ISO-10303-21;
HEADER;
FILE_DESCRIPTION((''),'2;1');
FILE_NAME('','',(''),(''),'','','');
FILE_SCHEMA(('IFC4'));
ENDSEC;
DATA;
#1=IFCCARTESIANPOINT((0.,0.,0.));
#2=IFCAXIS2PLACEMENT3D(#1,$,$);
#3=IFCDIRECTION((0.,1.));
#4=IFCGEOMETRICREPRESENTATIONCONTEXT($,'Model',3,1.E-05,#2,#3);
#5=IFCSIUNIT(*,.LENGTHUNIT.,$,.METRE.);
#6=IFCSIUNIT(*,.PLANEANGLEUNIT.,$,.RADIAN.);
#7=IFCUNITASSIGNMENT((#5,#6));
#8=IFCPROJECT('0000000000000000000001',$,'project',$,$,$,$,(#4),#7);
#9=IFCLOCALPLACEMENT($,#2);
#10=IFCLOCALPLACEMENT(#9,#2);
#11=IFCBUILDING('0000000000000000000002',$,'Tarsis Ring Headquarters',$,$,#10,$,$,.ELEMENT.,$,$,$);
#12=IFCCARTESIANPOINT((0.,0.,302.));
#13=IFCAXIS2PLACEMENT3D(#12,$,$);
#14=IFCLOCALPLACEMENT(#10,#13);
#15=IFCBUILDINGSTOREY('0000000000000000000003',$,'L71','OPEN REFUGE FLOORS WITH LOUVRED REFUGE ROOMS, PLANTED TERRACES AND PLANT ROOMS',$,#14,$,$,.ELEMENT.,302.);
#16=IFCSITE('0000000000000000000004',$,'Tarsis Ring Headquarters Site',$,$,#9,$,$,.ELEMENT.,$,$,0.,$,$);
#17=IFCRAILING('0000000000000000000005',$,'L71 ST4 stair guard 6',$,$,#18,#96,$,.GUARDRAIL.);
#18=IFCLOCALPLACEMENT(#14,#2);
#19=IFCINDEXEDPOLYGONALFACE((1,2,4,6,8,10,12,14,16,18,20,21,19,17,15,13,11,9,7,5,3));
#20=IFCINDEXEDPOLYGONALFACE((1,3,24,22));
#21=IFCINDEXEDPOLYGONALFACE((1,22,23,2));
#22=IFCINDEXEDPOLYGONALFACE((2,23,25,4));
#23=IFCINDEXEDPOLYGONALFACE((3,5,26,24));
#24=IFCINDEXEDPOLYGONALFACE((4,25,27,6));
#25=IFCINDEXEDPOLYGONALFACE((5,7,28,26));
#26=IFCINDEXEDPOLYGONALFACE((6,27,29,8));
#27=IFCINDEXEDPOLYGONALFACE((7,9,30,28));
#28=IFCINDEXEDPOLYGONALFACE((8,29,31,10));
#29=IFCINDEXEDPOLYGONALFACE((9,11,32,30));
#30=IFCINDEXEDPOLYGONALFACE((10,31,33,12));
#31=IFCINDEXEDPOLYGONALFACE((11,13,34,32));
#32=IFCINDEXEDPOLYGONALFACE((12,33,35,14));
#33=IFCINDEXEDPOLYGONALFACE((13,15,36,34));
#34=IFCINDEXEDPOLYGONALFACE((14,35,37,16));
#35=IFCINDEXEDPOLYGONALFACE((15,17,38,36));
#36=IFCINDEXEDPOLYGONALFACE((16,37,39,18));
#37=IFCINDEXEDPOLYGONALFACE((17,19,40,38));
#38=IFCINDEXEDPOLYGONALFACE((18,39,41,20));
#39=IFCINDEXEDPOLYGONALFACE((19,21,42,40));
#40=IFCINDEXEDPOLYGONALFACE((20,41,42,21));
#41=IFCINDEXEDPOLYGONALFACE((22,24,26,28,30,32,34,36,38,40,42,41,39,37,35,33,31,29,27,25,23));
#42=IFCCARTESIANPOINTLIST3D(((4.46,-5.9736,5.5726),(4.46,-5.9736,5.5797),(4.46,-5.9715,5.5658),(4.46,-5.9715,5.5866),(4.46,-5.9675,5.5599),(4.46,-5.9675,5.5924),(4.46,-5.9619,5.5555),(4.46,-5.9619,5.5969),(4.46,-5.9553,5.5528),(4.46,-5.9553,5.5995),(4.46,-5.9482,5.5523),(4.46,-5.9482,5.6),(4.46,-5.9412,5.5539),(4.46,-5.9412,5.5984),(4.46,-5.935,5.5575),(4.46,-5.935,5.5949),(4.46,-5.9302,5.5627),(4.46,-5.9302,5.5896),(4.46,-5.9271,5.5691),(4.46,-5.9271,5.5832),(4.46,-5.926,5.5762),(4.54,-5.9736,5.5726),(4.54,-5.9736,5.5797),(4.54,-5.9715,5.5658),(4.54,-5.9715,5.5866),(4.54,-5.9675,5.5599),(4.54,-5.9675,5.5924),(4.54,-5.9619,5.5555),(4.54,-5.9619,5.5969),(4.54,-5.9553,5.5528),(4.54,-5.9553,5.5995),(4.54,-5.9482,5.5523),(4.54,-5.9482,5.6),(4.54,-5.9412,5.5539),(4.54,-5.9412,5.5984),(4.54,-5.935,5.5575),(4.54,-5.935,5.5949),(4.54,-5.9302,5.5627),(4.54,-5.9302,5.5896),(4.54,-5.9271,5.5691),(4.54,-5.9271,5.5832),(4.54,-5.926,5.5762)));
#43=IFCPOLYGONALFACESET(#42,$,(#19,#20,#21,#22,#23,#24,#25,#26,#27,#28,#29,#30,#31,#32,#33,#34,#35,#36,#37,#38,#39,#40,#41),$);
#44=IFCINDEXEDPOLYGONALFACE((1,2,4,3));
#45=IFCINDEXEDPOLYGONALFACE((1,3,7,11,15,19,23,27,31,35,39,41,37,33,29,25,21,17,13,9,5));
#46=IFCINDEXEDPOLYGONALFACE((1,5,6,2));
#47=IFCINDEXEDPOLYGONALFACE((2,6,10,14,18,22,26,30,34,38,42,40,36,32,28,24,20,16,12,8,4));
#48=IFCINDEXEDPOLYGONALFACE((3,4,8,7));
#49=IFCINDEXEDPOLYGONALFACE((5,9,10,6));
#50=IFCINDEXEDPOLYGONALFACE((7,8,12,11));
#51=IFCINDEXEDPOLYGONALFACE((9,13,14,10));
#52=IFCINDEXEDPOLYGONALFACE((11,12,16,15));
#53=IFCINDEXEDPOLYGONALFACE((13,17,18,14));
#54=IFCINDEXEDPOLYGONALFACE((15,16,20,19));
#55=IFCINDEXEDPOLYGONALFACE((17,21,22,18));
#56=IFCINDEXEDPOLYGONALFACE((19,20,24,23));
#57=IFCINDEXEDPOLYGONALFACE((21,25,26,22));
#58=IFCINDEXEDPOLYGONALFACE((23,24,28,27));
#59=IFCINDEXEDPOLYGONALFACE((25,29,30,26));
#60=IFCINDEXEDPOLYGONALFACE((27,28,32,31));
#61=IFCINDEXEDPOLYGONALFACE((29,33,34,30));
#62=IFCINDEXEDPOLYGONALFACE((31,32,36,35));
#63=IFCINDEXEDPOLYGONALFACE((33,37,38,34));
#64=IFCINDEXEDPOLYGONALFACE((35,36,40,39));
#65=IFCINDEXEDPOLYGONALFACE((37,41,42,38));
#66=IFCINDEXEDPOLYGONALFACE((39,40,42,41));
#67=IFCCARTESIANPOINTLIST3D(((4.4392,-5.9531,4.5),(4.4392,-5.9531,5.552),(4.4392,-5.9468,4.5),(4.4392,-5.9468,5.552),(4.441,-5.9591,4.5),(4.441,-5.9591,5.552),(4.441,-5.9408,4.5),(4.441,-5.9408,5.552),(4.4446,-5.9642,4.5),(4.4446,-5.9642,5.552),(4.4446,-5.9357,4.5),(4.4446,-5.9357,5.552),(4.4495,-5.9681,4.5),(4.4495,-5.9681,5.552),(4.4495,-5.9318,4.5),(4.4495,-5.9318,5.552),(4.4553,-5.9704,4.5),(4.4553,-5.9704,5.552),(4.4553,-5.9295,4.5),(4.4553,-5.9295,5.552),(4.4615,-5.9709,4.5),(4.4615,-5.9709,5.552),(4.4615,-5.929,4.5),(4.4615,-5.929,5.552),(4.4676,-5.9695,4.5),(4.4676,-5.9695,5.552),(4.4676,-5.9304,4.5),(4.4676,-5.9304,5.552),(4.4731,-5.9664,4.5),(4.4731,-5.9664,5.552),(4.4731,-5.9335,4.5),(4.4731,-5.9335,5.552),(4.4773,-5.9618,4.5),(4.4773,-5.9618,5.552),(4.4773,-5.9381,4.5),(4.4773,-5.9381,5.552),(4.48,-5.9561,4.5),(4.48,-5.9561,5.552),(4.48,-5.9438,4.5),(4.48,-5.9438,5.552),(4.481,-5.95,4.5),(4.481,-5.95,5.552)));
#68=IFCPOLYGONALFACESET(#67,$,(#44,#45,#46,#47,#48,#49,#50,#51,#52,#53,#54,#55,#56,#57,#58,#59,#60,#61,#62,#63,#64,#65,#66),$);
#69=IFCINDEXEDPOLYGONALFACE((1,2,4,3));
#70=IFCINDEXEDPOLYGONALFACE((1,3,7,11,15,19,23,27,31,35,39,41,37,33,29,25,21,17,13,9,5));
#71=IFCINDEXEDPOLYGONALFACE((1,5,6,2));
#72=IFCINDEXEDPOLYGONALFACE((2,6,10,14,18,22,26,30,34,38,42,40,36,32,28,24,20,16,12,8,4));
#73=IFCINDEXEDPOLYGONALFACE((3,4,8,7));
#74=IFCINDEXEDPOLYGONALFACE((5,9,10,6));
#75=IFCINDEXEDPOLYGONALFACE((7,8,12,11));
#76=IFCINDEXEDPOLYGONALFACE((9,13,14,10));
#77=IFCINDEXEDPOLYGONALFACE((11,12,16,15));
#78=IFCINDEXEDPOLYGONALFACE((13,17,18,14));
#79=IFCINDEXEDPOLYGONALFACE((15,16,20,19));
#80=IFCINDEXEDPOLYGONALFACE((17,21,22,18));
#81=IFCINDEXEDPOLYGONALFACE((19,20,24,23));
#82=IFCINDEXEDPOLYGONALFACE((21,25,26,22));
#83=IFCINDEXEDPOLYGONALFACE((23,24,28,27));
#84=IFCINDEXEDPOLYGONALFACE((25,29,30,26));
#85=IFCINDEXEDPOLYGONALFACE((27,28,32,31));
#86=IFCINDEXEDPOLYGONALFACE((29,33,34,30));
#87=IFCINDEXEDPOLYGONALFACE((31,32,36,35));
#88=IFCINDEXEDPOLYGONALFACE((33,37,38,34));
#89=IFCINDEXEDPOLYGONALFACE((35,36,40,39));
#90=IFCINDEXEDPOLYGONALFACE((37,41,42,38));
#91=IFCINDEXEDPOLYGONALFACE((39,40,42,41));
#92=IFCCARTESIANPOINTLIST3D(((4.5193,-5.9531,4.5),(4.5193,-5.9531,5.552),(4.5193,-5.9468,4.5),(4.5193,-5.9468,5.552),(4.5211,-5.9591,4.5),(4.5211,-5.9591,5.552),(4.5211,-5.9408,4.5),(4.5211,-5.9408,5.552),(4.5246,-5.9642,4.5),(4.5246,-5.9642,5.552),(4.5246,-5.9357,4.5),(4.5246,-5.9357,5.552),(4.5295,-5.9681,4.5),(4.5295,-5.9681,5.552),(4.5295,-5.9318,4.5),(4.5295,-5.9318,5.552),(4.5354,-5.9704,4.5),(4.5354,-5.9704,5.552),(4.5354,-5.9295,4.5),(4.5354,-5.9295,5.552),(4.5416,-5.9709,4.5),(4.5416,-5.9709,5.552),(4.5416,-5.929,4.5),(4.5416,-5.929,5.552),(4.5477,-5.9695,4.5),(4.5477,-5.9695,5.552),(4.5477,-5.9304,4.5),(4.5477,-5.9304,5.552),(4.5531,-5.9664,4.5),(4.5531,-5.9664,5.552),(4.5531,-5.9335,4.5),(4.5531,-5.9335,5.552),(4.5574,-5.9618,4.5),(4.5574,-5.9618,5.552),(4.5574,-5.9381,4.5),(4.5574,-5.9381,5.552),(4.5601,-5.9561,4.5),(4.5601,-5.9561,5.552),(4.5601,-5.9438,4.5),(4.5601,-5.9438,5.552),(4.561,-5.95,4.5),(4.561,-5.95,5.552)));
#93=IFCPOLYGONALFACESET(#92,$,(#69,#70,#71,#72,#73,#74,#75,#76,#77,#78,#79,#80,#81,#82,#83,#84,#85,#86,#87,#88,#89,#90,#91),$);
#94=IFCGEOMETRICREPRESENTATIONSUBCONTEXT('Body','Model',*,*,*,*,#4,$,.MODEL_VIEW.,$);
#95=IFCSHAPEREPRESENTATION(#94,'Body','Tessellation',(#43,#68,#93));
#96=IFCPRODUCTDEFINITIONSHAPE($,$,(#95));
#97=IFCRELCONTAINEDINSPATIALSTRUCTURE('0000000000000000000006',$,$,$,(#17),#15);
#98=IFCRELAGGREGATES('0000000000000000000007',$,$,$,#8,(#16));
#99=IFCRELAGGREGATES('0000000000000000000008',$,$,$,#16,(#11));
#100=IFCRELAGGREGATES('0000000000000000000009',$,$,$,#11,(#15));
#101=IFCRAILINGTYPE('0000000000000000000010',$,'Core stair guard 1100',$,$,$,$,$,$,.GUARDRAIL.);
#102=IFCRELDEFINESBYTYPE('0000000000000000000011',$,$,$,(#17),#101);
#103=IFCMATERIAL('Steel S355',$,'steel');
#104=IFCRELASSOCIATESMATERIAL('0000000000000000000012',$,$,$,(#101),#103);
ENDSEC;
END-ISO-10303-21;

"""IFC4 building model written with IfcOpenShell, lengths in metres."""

from ifc_helpers import new_model, si_unit, direction, frame, origin, origin_2d, place, context, subcontext, project, spatial, circle, extrude, material, type_object, element, save


model = new_model("IFC4")

# Units and contexts
model_context = context("Model", 3, precision=1e-05, world=origin(), true_north=direction((0.0, 1.0)))
body_context = subcontext(model_context, "Body", "Model", "MODEL_VIEW")
ifc_project = project(units=[si_unit("LENGTHUNIT", "METRE"), si_unit("PLANEANGLEUNIT", "RADIAN")], contexts=[model_context])

# Site, building, storey
site_placement = place(None, origin())
site = spatial("IfcSite", under=ifc_project, at=site_placement, Name="Tarsis Ring Headquarters Site", CompositionType="ELEMENT", RefElevation=0.0)
building_placement = place(site_placement, origin())
building = spatial("IfcBuilding", under=site, at=building_placement, Name="Tarsis Ring Headquarters", CompositionType="ELEMENT")
storey_placement = place(building_placement, frame((0.0, 0.0, 302.0)))
storey = spatial("IfcBuildingStorey", under=building, at=storey_placement, Name="L71", Description="OPEN REFUGE FLOORS WITH LOUVRED REFUGE ROOMS, PLANTED TERRACES AND PLANT ROOMS", CompositionType="ELEMENT", Elevation=302.0)

# Railing
ifc_material_1 = material(Name="Steel S355", Category="steel")
railing_type_1 = type_object("IfcRailingType", Name="Core stair guard 1100", PredefinedType="GUARDRAIL", material=ifc_material_1)
railing_1_placement = place(storey_placement, frame((4.46, -5.95, 4.5)))
element("IfcRailing", 1, at=railing_1_placement, inside=storey, type_object=railing_type_1, Name="L71 ST4 stair guard 6", PredefinedType="GUARDRAIL", context=body_context, shape_type="SweptSolid", body=[
    extrude(circle(Radius=0.0239, at=origin_2d()), frame((0.0, 0.0, 1.0762), z_axis=(1.0, 0.0, 0.0), x_axis=(0.0, 1.0, 0.0)), (0.0, 0.0, 1.0), 0.0801),
    extrude(circle(Radius=0.021, at=origin_2d()), origin(), (0.0, 0.0, 1.0), 1.052),
    extrude(circle(Radius=0.021, at=origin_2d()), frame((0.0801, 0.0, 0.0)), (0.0, 0.0, 1.0), 1.052),
])

save(model, "model.ifc")
